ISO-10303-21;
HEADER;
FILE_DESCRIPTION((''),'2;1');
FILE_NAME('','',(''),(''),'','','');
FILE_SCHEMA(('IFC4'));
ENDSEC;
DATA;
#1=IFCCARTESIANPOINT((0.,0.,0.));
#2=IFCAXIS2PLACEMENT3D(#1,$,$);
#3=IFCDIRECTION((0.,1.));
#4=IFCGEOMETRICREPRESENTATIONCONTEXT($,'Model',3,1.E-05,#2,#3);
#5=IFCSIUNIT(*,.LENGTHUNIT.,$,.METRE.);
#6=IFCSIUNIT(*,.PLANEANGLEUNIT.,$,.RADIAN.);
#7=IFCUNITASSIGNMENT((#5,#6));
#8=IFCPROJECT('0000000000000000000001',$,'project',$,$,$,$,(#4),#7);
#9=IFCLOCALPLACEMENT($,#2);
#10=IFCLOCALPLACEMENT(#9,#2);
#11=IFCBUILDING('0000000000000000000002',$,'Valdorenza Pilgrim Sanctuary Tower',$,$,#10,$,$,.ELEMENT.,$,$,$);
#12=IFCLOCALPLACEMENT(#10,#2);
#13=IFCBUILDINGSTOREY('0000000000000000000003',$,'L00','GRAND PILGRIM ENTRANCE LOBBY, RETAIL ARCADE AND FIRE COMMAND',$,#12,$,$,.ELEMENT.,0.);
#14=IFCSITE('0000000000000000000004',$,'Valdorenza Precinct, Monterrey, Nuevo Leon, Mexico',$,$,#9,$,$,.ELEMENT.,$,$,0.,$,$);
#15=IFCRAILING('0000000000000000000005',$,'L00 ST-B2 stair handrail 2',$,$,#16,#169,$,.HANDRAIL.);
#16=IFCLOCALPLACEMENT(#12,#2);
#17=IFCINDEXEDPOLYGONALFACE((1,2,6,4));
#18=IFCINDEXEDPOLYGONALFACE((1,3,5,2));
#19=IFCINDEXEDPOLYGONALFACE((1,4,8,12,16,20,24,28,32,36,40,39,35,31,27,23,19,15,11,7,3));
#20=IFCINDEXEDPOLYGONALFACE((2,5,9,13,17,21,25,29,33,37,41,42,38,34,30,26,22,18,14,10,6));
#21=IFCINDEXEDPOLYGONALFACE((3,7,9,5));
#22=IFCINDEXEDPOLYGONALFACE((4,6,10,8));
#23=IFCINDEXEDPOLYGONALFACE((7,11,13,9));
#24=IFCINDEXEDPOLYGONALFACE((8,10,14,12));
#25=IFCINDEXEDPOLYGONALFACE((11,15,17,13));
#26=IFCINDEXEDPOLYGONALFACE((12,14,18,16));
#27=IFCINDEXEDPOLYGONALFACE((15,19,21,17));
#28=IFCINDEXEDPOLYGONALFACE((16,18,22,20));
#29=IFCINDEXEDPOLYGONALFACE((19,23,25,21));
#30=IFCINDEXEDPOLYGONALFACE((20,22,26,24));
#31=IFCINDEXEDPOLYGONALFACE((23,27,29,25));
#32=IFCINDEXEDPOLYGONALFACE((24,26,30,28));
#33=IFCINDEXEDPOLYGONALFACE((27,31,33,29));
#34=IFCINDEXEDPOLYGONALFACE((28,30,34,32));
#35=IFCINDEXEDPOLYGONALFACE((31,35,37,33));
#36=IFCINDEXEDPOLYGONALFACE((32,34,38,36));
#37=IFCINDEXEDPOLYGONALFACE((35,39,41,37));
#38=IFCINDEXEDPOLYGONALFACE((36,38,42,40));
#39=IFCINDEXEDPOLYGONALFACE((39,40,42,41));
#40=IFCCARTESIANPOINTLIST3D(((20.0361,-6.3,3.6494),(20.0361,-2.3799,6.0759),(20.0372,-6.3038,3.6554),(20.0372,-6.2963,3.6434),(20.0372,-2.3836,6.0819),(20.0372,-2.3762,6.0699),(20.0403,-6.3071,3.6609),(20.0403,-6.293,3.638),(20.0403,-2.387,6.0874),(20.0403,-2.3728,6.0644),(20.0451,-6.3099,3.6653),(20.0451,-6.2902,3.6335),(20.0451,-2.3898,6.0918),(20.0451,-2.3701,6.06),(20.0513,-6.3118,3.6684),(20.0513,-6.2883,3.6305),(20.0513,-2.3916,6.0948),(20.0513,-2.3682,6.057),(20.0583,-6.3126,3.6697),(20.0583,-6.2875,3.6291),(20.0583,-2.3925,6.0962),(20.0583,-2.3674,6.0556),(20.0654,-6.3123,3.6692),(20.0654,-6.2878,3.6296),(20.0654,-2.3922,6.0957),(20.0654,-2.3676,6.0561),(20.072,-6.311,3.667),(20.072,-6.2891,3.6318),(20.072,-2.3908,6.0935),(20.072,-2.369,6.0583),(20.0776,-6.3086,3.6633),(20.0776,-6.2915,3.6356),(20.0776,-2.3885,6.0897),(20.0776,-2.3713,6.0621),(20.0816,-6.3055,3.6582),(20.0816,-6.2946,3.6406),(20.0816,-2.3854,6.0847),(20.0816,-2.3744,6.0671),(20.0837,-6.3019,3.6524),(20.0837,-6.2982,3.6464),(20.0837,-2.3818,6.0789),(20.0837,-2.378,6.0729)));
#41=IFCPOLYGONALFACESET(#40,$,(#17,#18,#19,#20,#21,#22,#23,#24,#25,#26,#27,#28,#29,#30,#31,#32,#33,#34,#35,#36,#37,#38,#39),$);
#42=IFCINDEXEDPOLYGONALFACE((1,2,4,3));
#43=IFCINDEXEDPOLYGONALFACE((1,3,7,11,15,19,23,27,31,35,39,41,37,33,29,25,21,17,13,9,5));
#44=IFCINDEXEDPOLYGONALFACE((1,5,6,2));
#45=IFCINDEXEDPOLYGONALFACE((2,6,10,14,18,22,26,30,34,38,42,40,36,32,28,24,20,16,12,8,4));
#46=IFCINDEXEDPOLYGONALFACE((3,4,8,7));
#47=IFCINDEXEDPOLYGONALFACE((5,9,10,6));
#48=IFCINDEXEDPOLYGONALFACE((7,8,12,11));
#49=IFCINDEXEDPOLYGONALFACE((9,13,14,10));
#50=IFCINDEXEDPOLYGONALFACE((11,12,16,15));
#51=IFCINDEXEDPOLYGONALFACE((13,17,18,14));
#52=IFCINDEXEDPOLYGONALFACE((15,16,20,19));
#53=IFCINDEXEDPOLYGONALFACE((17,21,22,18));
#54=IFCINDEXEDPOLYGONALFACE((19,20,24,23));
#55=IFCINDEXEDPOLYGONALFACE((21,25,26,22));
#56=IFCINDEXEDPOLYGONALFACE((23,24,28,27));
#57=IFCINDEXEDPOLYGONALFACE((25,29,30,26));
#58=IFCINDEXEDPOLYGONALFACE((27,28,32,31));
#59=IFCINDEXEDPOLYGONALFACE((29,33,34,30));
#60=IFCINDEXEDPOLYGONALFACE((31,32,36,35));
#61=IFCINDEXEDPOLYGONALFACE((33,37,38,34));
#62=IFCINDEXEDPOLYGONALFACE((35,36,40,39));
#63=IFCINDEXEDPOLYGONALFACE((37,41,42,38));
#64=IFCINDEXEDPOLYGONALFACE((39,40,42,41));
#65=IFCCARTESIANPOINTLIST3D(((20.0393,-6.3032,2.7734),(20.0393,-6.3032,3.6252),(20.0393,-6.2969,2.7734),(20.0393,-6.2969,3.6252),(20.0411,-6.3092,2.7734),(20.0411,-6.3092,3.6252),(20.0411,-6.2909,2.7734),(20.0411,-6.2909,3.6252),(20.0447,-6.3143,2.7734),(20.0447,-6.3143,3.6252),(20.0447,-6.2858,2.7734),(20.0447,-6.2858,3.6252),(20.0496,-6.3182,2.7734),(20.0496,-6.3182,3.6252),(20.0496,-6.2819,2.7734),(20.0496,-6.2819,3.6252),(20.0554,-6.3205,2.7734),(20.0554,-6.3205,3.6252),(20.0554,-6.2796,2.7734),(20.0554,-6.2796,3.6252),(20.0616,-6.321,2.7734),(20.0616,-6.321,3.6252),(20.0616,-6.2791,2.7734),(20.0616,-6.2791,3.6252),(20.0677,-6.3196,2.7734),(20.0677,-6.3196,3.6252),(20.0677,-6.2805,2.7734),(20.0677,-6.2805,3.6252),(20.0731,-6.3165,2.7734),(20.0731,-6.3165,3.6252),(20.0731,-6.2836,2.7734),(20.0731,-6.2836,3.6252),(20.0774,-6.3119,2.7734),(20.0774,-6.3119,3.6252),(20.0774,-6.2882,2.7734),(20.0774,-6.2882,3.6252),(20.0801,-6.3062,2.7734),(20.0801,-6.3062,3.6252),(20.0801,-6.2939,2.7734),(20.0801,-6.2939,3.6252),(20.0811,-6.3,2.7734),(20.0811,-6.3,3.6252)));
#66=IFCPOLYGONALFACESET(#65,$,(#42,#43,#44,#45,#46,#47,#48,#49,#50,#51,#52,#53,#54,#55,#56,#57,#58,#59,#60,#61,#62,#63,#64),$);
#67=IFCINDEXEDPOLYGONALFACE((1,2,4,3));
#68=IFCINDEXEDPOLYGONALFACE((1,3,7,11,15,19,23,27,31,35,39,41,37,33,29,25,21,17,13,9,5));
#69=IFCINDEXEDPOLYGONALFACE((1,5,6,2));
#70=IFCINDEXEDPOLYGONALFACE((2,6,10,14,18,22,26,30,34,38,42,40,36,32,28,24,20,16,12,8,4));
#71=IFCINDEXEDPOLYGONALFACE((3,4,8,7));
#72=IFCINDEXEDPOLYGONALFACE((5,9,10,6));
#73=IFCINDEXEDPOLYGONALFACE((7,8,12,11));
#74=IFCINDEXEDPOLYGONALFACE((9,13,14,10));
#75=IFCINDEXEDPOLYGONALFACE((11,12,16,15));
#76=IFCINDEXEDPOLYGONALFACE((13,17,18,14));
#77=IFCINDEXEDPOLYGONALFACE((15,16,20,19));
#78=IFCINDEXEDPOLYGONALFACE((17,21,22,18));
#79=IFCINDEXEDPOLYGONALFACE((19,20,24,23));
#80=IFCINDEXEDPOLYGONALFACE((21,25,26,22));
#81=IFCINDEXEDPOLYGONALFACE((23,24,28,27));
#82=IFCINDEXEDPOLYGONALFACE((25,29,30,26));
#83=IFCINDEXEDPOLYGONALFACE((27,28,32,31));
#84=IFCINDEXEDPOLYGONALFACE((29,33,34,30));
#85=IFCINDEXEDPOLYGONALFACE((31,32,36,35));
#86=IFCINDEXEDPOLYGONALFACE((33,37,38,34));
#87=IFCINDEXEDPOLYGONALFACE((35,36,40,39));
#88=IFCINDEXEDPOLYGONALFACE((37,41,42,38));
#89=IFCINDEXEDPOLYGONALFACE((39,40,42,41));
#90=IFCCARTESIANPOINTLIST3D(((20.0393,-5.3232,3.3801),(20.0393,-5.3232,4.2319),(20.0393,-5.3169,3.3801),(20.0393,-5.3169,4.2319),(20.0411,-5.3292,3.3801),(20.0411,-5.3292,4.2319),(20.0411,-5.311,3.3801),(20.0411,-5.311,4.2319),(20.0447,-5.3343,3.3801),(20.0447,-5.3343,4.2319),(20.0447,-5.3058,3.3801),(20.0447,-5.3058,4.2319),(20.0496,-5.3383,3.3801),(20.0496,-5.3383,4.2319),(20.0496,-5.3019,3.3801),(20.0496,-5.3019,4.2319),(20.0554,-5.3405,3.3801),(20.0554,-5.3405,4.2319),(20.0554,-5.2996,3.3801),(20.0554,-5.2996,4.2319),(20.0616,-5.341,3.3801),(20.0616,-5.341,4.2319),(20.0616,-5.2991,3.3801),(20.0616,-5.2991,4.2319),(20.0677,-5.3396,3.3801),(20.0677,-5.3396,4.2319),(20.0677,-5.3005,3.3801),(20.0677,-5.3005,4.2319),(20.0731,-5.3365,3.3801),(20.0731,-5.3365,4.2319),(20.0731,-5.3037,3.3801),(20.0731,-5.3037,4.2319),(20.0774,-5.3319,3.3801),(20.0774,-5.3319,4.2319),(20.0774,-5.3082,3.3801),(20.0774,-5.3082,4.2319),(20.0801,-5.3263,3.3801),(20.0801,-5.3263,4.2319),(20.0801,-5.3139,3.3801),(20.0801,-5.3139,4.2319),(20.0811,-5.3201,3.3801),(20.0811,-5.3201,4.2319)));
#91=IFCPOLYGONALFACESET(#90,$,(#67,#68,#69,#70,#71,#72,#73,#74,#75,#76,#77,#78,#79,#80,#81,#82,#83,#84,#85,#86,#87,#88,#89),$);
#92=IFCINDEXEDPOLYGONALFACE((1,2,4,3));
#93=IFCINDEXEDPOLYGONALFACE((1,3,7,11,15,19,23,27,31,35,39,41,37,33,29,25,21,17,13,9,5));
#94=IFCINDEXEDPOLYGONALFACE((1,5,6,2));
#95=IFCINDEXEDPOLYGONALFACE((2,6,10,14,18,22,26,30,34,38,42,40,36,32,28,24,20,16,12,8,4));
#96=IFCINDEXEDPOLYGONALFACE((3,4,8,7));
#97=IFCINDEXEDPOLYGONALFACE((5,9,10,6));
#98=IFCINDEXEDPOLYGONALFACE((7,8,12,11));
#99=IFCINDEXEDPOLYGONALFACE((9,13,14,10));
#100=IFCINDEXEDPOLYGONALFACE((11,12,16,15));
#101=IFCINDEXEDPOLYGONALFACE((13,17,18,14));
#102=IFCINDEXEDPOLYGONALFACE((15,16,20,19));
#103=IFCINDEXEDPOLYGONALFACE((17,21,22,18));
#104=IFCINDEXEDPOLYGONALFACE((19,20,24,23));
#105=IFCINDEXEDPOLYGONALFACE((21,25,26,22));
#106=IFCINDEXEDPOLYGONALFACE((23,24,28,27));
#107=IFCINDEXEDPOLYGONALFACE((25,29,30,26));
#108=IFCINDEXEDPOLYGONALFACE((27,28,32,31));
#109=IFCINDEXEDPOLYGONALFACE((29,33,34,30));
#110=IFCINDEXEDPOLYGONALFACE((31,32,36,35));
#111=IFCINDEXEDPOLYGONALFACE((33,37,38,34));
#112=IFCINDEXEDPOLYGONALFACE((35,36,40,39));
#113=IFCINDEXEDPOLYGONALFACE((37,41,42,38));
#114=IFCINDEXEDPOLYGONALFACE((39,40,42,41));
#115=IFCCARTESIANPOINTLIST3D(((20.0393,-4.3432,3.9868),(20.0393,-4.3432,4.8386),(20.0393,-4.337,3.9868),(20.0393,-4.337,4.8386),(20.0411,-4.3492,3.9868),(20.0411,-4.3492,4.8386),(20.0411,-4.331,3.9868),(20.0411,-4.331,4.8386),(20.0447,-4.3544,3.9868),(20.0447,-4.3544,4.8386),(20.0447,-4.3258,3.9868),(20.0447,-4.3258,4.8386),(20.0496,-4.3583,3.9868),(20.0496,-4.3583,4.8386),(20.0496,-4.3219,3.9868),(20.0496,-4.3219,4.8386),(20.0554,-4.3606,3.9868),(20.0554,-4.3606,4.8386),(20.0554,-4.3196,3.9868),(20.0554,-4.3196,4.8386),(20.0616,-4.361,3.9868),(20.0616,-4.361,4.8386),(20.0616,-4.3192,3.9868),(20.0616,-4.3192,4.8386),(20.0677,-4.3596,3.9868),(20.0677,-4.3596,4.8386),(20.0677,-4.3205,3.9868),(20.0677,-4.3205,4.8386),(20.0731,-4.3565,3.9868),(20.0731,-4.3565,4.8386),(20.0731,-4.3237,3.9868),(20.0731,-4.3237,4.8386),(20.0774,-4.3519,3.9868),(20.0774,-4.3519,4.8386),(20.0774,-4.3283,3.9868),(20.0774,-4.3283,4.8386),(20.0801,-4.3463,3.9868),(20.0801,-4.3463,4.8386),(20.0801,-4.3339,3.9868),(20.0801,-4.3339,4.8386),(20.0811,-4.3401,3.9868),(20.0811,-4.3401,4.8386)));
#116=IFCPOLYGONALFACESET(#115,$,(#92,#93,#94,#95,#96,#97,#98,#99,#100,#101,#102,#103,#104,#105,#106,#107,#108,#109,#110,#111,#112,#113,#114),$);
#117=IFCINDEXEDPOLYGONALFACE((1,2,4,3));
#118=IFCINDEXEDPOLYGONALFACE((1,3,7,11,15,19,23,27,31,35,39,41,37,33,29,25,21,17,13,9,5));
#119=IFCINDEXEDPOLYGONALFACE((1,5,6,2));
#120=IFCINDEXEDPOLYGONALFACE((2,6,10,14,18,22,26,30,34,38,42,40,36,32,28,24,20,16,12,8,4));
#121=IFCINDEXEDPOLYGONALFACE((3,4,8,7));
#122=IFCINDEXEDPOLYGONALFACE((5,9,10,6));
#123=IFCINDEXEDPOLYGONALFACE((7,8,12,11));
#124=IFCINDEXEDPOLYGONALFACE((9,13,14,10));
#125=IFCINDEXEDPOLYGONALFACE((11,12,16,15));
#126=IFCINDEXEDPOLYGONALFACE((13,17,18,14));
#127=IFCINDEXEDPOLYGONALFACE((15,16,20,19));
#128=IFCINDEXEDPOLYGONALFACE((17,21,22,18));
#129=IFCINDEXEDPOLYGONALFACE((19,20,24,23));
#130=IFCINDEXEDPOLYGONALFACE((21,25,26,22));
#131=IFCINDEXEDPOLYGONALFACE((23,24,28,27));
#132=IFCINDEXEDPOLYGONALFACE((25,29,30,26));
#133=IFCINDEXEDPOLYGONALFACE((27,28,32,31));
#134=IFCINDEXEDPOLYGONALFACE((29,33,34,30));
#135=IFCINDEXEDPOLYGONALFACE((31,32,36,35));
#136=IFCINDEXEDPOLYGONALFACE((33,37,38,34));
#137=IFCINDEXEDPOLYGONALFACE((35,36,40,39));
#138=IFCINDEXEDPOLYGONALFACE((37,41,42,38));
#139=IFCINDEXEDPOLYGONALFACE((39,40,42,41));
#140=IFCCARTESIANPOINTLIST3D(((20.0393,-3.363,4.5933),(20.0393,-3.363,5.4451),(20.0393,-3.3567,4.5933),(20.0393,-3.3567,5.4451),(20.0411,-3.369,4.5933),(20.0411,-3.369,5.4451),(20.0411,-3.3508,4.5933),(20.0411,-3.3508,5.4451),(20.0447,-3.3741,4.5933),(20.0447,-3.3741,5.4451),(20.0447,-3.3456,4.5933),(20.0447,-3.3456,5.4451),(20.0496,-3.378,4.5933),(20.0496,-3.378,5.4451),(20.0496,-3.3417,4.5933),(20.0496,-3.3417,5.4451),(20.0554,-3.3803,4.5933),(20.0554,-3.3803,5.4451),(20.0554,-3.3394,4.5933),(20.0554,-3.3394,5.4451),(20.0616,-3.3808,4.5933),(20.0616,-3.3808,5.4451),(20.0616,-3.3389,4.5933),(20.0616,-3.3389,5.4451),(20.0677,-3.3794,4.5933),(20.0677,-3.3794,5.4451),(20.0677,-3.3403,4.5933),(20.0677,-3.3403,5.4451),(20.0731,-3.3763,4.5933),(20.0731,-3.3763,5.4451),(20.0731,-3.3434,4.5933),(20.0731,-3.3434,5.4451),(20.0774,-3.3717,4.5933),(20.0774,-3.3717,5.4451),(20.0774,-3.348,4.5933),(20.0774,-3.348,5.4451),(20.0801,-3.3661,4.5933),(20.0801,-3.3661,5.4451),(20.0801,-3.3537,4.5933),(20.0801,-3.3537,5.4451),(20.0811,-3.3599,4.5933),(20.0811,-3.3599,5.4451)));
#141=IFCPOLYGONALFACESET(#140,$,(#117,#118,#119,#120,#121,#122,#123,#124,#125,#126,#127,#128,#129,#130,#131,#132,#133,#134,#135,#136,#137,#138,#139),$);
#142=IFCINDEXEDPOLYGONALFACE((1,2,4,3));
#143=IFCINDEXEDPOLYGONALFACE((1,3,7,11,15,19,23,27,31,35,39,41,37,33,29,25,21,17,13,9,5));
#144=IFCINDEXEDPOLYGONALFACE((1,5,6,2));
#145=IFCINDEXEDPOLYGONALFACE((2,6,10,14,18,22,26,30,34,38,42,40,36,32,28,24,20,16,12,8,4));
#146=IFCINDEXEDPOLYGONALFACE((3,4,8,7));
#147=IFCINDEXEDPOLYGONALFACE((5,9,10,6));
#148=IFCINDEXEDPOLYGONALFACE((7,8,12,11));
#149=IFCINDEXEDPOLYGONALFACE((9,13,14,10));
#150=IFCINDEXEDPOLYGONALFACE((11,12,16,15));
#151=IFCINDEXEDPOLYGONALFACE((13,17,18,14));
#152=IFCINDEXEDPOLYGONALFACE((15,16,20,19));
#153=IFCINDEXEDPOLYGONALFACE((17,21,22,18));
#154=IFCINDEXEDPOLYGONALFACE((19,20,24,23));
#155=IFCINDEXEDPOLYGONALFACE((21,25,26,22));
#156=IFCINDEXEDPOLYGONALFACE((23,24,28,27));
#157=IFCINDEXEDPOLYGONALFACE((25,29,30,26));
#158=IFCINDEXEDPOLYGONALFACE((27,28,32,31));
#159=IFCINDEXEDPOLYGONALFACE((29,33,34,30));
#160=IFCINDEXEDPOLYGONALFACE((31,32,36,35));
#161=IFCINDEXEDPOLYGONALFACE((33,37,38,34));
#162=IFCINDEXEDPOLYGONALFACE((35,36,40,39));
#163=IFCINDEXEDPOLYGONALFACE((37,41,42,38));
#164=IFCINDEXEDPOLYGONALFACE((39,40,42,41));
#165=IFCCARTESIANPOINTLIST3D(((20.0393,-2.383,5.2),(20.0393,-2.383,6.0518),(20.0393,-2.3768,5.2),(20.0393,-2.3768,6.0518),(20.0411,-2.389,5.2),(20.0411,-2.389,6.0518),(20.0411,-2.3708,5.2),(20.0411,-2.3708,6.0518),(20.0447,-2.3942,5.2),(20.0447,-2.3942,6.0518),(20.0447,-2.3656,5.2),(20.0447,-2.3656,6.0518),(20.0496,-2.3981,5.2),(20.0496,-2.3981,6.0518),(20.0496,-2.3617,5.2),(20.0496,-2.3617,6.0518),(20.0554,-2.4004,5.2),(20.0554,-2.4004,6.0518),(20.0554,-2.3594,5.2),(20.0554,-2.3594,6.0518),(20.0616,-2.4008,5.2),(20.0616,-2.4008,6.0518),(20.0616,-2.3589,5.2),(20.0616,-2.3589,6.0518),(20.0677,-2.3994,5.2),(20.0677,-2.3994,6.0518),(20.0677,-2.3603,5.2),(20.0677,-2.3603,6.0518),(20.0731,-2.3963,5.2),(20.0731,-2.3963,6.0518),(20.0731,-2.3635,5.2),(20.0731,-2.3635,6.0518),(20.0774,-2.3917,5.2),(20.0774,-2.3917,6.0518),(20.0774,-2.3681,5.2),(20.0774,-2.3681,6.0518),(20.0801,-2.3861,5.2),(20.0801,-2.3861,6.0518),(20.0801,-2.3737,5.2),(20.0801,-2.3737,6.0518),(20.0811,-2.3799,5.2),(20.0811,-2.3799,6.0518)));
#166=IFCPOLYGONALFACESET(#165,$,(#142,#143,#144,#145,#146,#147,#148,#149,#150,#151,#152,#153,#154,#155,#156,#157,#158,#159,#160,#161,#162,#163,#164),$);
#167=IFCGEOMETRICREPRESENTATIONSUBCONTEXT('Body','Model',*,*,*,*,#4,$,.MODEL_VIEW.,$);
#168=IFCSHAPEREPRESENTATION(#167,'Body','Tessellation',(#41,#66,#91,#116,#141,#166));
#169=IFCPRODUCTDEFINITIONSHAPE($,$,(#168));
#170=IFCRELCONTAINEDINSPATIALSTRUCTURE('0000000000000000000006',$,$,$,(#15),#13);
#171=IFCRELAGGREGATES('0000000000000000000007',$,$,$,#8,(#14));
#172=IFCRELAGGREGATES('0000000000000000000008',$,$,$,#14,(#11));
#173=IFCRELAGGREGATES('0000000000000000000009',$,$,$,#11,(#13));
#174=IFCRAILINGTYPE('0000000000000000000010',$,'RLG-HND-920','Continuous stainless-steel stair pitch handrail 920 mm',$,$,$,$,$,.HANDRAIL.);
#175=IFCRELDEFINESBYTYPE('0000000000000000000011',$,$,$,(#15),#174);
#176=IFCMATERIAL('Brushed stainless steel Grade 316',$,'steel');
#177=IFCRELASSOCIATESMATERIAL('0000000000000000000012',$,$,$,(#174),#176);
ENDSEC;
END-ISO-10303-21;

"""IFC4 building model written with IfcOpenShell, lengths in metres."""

from ifc_helpers import new_model, si_unit, direction, frame, origin, origin_2d, place, context, subcontext, project, spatial, circle, extrude, material, type_object, element, save


model = new_model("IFC4")

# Units and contexts
model_context = context("Model", 3, precision=1e-05, world=origin(), true_north=direction((0.0, 1.0)))
body_context = subcontext(model_context, "Body", "Model", "MODEL_VIEW")
ifc_project = project(units=[si_unit("LENGTHUNIT", "METRE"), si_unit("PLANEANGLEUNIT", "RADIAN")], contexts=[model_context])

# Site, building, storey
site_placement = place(None, origin())
site = spatial("IfcSite", under=ifc_project, at=site_placement, Name="Valdorenza Precinct, Monterrey, Nuevo Leon, Mexico", CompositionType="ELEMENT", RefElevation=0.0)
building_placement = place(site_placement, origin())
building = spatial("IfcBuilding", under=site, at=building_placement, Name="Valdorenza Pilgrim Sanctuary Tower", CompositionType="ELEMENT")
storey_placement = place(building_placement, origin())
storey = spatial("IfcBuildingStorey", under=building, at=storey_placement, Name="L00", Description="GRAND PILGRIM ENTRANCE LOBBY, RETAIL ARCADE AND FIRE COMMAND", CompositionType="ELEMENT", Elevation=0.0)

# Railing
ifc_material_1 = material(Name="Brushed stainless steel Grade 316", Category="steel")
railing_type_1 = type_object("IfcRailingType", Name="RLG-HND-920", Description="Continuous stainless-steel stair pitch handrail 920 mm", PredefinedType="HANDRAIL", material=ifc_material_1)
railing_1_placement = place(storey_placement, frame((20.0601, -6.3, 2.7734)))
element("IfcRailing", 1, at=railing_1_placement, inside=storey, type_object=railing_type_1, Name="L00 ST-B2 stair handrail 2", PredefinedType="HANDRAIL", context=body_context, shape_type="SweptSolid", body=[
    extrude(circle(Radius=0.0239, at=origin_2d()), frame((0.0, 0.0, 0.876), z_axis=(0.0, 0.85029, 0.526315), x_axis=(-1.0, 0.0, 0.0)), (0.0, 0.0, 1.0), 4.6104),
    extrude(circle(Radius=0.021, at=origin_2d()), origin(), (0.0, 0.0, 1.0), 0.8518),
    extrude(circle(Radius=0.021, at=origin_2d()), frame((0.0, 0.98, 0.6067)), (0.0, 0.0, 1.0), 0.8518),
    extrude(circle(Radius=0.021, at=origin_2d()), frame((0.0, 1.96, 1.2134)), (0.0, 0.0, 1.0), 0.8518),
    extrude(circle(Radius=0.021, at=origin_2d()), frame((0.0, 2.9402, 1.8198)), (0.0, 0.0, 1.0), 0.8518),
    extrude(circle(Radius=0.021, at=origin_2d()), frame((0.0, 3.9202, 2.4265)), (0.0, 0.0, 1.0), 0.8518),
])

save(model, "model.ifc")
